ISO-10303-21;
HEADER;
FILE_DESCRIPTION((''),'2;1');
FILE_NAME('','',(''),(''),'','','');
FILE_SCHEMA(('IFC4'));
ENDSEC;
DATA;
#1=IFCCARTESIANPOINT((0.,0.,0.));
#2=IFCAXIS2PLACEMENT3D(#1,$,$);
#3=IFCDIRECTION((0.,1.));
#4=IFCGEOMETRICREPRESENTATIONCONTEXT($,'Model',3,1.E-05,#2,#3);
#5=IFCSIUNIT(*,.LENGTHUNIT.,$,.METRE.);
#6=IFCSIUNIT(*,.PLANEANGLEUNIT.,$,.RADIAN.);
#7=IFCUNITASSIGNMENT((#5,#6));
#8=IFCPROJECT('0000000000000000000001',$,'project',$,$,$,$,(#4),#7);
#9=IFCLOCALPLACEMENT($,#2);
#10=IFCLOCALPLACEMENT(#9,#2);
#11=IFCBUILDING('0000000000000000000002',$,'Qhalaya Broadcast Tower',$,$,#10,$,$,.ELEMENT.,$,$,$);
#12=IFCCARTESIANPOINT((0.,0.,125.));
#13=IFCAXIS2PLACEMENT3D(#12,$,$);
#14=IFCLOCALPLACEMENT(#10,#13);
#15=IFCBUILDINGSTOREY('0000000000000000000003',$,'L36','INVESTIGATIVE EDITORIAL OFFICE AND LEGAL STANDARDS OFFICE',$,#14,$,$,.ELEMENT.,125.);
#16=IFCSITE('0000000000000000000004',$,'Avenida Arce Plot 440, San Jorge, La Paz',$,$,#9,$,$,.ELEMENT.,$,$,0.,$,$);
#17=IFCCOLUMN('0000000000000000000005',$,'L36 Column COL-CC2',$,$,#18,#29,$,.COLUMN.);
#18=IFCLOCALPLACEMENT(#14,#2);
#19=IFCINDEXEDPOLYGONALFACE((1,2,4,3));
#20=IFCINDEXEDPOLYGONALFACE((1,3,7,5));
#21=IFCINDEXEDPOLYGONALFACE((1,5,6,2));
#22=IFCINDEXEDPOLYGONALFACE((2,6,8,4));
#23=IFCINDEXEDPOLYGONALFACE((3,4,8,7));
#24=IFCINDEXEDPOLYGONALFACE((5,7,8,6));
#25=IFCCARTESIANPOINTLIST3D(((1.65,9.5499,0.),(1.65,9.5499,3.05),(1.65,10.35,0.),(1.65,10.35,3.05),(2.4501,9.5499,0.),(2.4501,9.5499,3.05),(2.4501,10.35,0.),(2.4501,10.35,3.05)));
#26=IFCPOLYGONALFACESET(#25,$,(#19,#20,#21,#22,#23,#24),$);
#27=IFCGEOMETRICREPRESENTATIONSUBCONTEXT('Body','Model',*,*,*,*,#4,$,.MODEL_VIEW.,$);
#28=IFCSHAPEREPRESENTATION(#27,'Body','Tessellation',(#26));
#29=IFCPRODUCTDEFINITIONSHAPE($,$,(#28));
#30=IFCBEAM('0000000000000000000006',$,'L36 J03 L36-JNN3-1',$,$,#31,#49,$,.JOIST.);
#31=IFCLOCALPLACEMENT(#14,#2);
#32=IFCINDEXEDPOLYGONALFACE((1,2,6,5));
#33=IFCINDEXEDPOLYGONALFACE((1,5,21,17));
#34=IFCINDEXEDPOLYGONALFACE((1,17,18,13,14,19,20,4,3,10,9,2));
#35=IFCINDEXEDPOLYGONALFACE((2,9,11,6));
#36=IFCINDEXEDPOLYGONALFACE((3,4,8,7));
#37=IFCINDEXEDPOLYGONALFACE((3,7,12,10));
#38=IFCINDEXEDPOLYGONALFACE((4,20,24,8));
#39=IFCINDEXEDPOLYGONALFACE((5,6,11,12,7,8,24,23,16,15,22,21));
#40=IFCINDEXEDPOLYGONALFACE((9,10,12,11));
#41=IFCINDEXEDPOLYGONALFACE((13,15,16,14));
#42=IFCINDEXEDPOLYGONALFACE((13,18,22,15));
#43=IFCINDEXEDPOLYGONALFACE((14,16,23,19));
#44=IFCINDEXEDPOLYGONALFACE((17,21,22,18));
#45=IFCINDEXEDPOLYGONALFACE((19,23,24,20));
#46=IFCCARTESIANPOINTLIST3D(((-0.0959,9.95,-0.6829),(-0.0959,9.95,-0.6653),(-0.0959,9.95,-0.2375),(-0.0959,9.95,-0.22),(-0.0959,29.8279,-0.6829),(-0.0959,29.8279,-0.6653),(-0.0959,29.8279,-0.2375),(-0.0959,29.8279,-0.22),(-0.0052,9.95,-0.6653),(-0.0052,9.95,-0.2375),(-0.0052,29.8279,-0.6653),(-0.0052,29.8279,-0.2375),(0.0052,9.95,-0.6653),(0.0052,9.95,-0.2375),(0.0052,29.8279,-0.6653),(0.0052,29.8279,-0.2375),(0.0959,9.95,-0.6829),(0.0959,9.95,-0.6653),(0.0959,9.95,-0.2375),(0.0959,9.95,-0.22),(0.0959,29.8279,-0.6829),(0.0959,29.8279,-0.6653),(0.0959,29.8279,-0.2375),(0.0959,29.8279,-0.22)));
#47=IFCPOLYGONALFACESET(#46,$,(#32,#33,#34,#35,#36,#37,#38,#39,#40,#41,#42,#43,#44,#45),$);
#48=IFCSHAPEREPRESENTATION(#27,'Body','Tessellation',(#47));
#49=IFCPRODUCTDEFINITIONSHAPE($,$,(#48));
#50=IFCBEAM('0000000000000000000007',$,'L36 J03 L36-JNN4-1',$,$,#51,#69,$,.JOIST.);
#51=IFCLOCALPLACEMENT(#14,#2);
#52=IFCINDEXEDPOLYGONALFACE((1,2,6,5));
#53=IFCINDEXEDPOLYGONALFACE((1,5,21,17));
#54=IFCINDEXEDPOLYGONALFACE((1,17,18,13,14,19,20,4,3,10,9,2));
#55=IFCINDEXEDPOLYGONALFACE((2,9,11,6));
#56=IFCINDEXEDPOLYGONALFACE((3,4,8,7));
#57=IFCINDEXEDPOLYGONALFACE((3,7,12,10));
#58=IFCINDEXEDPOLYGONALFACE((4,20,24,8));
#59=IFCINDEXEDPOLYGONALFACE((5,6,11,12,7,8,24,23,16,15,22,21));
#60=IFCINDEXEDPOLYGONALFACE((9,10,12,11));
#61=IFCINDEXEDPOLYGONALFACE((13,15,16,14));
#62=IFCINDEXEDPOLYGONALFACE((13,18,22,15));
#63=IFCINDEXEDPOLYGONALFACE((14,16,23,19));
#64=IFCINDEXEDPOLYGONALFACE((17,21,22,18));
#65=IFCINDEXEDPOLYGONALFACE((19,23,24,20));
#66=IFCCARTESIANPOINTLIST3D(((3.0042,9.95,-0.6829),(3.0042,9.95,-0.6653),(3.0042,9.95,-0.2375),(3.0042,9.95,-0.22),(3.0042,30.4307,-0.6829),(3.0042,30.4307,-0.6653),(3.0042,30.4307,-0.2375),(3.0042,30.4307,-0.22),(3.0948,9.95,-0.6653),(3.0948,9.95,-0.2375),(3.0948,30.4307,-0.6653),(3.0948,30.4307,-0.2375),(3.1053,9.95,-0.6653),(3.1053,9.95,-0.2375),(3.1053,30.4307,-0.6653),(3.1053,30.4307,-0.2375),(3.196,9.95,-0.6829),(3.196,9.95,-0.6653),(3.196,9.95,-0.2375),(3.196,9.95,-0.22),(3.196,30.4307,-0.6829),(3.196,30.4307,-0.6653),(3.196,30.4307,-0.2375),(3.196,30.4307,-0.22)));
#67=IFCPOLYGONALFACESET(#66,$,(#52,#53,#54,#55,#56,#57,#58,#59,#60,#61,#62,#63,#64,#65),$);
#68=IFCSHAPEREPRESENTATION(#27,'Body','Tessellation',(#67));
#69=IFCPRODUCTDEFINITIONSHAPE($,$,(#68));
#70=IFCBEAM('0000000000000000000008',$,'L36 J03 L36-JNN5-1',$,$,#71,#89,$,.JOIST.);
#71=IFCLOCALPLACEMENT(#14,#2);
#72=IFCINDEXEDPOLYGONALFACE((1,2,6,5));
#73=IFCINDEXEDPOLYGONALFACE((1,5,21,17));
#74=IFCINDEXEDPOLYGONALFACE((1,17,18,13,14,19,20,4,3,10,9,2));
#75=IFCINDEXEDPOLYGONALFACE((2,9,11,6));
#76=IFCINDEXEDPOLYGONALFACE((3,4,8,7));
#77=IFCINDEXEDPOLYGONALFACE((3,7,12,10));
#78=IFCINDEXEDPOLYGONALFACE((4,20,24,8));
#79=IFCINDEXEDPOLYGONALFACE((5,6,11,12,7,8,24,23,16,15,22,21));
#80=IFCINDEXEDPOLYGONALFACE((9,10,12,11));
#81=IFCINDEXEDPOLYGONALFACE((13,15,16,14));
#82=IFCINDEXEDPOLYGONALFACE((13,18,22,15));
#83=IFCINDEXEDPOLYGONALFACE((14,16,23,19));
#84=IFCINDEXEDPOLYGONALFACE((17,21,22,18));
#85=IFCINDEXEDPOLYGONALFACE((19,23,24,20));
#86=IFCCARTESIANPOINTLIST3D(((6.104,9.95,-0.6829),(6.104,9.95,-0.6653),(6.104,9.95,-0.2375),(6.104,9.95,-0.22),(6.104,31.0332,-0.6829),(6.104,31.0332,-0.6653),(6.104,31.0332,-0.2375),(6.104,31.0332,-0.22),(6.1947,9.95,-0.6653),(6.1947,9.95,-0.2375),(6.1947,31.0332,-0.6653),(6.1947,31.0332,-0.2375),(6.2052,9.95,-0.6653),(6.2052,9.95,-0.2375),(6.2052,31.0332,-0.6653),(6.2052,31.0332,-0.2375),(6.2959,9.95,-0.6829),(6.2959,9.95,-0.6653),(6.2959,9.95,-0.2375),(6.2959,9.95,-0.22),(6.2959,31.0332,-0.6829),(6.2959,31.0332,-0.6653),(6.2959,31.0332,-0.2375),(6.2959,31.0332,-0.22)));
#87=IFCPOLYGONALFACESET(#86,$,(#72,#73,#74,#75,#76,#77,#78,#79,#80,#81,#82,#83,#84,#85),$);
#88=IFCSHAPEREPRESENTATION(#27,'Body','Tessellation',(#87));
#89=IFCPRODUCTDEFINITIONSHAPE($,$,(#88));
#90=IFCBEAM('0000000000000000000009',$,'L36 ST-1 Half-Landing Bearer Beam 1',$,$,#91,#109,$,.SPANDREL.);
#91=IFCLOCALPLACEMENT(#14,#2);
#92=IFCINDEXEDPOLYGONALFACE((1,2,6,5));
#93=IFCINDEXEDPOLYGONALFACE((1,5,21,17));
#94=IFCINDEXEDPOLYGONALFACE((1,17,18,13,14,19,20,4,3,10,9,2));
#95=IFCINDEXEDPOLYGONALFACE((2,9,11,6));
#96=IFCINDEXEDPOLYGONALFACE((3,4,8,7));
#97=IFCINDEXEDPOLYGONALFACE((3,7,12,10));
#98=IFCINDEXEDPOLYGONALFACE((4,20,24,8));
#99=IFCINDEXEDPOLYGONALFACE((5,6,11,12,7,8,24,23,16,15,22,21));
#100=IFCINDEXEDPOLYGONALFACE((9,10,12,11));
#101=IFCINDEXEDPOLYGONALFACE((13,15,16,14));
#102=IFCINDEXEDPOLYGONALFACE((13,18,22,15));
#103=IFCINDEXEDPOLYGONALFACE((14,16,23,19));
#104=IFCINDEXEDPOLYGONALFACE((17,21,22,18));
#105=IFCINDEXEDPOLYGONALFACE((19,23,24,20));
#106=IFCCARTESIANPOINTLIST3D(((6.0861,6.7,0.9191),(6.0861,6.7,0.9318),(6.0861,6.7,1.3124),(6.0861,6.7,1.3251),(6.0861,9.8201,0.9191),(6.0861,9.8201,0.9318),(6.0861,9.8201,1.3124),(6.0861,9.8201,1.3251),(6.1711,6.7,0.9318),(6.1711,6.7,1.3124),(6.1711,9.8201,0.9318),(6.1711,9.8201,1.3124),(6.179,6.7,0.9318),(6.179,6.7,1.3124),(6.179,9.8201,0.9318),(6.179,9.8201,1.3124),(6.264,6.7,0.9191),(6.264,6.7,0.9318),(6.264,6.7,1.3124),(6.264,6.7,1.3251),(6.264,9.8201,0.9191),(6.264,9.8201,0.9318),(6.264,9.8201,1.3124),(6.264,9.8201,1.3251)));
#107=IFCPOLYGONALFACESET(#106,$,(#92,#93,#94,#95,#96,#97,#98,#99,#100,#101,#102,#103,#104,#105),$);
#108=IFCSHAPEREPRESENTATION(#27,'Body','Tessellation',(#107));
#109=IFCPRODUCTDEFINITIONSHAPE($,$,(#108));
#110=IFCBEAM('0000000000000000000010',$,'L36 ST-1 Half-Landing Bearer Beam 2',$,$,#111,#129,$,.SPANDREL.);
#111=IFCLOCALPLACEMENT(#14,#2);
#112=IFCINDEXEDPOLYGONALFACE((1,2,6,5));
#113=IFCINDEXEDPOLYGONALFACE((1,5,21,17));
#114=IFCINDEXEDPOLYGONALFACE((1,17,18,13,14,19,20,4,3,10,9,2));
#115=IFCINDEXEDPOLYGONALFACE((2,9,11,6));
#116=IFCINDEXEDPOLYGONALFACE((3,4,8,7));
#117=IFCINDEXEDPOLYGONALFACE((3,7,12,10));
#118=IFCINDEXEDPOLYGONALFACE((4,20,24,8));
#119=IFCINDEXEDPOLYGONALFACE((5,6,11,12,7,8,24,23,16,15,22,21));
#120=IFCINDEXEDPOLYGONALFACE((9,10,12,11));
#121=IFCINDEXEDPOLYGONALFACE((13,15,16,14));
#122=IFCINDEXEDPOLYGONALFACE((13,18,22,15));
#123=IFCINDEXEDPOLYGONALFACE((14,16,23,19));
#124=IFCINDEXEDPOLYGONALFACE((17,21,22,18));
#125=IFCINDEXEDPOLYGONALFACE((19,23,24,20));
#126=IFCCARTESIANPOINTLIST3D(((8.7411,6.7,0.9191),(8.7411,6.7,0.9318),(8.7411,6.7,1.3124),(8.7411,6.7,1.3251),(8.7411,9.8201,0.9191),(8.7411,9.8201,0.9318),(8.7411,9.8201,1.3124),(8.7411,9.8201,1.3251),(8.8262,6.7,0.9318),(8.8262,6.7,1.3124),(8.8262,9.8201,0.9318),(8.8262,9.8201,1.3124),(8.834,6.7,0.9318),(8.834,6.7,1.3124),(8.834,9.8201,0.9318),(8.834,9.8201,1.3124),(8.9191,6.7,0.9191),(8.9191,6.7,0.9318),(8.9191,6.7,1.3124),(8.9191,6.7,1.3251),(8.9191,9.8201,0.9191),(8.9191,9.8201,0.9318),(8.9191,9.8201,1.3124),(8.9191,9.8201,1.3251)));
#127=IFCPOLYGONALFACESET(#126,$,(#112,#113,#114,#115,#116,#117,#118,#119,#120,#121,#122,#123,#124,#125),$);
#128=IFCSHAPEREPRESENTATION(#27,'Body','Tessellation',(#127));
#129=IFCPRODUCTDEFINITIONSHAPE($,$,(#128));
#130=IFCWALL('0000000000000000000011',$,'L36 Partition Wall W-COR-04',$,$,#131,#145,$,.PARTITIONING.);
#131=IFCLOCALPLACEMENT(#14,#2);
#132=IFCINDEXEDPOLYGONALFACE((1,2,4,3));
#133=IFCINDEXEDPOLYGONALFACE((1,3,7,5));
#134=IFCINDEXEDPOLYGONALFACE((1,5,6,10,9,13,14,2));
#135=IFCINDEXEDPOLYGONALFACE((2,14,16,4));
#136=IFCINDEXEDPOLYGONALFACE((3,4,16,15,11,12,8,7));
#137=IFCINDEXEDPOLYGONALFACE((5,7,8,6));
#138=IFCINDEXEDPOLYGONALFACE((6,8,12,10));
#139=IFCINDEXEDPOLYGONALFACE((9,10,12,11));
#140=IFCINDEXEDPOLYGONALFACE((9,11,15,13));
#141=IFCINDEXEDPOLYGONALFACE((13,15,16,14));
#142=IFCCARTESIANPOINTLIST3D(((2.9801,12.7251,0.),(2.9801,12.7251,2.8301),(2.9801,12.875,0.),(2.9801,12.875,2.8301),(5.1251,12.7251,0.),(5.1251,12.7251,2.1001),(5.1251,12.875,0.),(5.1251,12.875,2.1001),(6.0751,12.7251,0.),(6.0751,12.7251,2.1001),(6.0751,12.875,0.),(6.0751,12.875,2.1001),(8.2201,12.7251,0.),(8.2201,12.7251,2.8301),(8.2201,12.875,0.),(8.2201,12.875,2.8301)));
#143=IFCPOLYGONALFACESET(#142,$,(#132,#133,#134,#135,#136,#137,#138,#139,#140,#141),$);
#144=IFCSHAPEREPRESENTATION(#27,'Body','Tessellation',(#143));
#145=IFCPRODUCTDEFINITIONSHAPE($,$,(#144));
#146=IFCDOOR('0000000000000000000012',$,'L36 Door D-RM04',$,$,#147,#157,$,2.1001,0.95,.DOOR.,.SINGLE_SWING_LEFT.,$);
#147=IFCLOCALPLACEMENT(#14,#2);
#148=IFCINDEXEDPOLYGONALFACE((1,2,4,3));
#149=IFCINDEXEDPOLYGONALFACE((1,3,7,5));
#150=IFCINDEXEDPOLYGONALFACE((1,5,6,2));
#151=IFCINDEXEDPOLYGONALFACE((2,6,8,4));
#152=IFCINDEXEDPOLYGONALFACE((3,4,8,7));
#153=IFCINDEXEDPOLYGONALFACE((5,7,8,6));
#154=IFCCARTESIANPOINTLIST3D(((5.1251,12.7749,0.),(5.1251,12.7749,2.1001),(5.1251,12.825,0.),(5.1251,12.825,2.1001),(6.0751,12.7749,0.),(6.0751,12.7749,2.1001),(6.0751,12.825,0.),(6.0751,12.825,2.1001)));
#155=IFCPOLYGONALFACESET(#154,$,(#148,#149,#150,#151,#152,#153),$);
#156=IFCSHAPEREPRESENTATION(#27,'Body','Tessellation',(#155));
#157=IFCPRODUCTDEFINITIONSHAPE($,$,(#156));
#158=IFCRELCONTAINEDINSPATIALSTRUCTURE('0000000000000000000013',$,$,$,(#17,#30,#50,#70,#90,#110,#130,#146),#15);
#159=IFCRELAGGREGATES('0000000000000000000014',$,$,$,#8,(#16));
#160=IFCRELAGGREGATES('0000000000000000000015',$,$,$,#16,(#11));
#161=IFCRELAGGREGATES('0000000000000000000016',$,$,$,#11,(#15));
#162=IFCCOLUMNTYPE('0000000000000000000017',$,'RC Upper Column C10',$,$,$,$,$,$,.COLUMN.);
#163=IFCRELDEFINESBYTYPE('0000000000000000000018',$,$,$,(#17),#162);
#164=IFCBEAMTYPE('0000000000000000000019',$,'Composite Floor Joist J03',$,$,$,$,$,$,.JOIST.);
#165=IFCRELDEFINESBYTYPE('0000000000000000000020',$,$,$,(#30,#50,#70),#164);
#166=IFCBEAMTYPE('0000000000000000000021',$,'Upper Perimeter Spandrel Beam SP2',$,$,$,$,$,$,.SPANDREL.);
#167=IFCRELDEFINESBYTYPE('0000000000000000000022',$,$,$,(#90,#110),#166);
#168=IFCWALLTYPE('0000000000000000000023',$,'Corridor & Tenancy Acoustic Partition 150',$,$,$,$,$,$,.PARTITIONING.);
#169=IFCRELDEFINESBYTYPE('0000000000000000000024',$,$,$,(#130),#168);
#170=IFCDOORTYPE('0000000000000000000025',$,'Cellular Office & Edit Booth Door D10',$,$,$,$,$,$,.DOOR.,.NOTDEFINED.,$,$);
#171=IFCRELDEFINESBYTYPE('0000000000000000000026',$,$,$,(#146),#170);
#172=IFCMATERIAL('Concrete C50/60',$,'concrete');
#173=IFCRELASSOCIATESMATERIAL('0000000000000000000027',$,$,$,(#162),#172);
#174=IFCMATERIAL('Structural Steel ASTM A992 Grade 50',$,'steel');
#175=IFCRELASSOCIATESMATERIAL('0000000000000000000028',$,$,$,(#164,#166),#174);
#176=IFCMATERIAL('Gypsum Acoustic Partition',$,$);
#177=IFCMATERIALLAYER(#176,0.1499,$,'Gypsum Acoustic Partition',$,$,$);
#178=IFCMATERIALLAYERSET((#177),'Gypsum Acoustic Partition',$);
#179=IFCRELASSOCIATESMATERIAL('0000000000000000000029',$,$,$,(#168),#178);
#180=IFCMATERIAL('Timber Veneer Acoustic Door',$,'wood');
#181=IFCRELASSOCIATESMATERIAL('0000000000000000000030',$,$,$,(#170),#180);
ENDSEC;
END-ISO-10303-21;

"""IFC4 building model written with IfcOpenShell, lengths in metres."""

from ifc_helpers import new_model, si_unit, direction, frame, frame_2d, origin, origin_2d, place, context, subcontext, project, spatial, rectangle, i_section, extrude, material, layer, layer_set, material_profile, profile_set, type_object, element, fill, save


model = new_model("IFC4")

# Units and contexts
model_context = context("Model", 3, precision=1e-05, world=origin(), true_north=direction((0.0, 1.0)))
body_context = subcontext(model_context, "Body", "Model", "MODEL_VIEW")
ifc_project = project(units=[si_unit("LENGTHUNIT", "METRE"), si_unit("PLANEANGLEUNIT", "RADIAN")], contexts=[model_context])

# Site, building, storey
site_placement = place(None, origin())
site = spatial("IfcSite", under=ifc_project, at=site_placement, Name="Avenida Arce Plot 440, San Jorge, La Paz", CompositionType="ELEMENT", RefElevation=0.0)
building_placement = place(site_placement, origin())
building = spatial("IfcBuilding", under=site, at=building_placement, Name="Qhalaya Broadcast Tower", CompositionType="ELEMENT")
storey_placement = place(building_placement, frame((0.0, 0.0, 125.0)))
storey = spatial("IfcBuildingStorey", under=building, at=storey_placement, Name="L36", Description="INVESTIGATIVE EDITORIAL OFFICE AND LEGAL STANDARDS OFFICE", CompositionType="ELEMENT", Elevation=125.0)

# Column
ifc_material_1 = material(Name="Concrete C50/60", Category="concrete")
ifc_material_profile_1 = material_profile(ifc_material_1, rectangle(XDim=0.8, YDim=0.8, at=origin_2d()), Name="RC-COL 800x800")
ifc_profile_set_1 = profile_set([ifc_material_profile_1], Name="Concrete C50/60")
column_type = type_object("IfcColumnType", Name="RC Upper Column C10", PredefinedType="COLUMN", material=ifc_profile_set_1)
column_placement = place(storey_placement, frame((2.05, 9.95, 0.0), z_axis=(0.0, 0.0, 1.0), x_axis=(1.0, 0.0, 0.0)))
element("IfcColumn", 1, at=column_placement, inside=storey, type_object=column_type, Name="L36 Column COL-CC2", PredefinedType="COLUMN", context=body_context, shape_type="SweptSolid", body=[
    extrude(rectangle(XDim=0.8, YDim=0.8, at=origin_2d()), origin(), (0.0, 0.0, 1.0), 3.05),
])

# Beams
ifc_material_2 = material(Name="Structural Steel ASTM A992 Grade 50", Category="steel")
ifc_material_profile_2 = material_profile(ifc_material_2, i_section(OverallWidth=0.1919, OverallDepth=0.4629, WebThickness=0.0105, FlangeThickness=0.0176, at=origin_2d()), Name="W18X60")
ifc_profile_set_2 = profile_set([ifc_material_profile_2], Name="Structural Steel ASTM A992 Grade 50")
beam_type_1 = type_object("IfcBeamType", Name="Composite Floor Joist J03", PredefinedType="JOIST", material=ifc_profile_set_2)
beam_1_placement = place(storey_placement, frame((0.0, 9.95, -0.4514), z_axis=(0.0, 1.0, 0.0), x_axis=(-1.0, 0.0, 0.0)))
element("IfcBeam", 2, at=beam_1_placement, inside=storey, type_object=beam_type_1, Name="L36 J03 L36-JNN3-1", PredefinedType="JOIST", context=body_context, shape_type="SweptSolid", body=[
    extrude(i_section(OverallWidth=0.1919, OverallDepth=0.4629, WebThickness=0.0105, FlangeThickness=0.0176, at=origin_2d()), origin(), (0.0, 0.0, 1.0), 19.8779),
])
beam_2_placement = place(storey_placement, frame((3.1001, 9.95, -0.4514), z_axis=(0.0, 1.0, 0.0), x_axis=(-1.0, 0.0, 0.0)))
element("IfcBeam", 3, at=beam_2_placement, inside=storey, type_object=beam_type_1, Name="L36 J03 L36-JNN4-1", PredefinedType="JOIST", context=body_context, shape_type="SweptSolid", body=[
    extrude(i_section(OverallWidth=0.1919, OverallDepth=0.4629, WebThickness=0.0105, FlangeThickness=0.0176, at=origin_2d()), origin(), (0.0, 0.0, 1.0), 20.4807),
])
beam_3_placement = place(storey_placement, frame((6.2, 9.95, -0.4514), z_axis=(0.0, 1.0, 0.0), x_axis=(-1.0, 0.0, 0.0)))
element("IfcBeam", 4, at=beam_3_placement, inside=storey, type_object=beam_type_1, Name="L36 J03 L36-JNN5-1", PredefinedType="JOIST", context=body_context, shape_type="SweptSolid", body=[
    extrude(i_section(OverallWidth=0.1919, OverallDepth=0.4629, WebThickness=0.0105, FlangeThickness=0.0176, at=origin_2d()), origin(), (0.0, 0.0, 1.0), 21.0833),
])
ifc_material_profile_3 = material_profile(ifc_material_2, i_section(OverallWidth=0.178, OverallDepth=0.406, WebThickness=0.0078, FlangeThickness=0.0127, at=origin_2d()), Name="W16X40")
ifc_profile_set_3 = profile_set([ifc_material_profile_3], Name="Structural Steel ASTM A992 Grade 50")
beam_type_2 = type_object("IfcBeamType", Name="Upper Perimeter Spandrel Beam SP2", PredefinedType="SPANDREL", material=ifc_profile_set_3)
for number, where, z_axis, x_axis, name in (
    (5, (6.175, 6.7, 1.1221), (0.0, 1.0, 0.0), (-1.0, 0.0, 0.0), "L36 ST-1 Half-Landing Bearer Beam 1"),
    (6, (8.8301, 6.7, 1.1221), (0.0, 1.0, 0.0), (-1.0, 0.0, 0.0), "L36 ST-1 Half-Landing Bearer Beam 2"),
):
    element("IfcBeam", number, at=place(storey_placement, frame(where, z_axis=z_axis, x_axis=x_axis)), inside=storey, type_object=beam_type_2, Name=name, PredefinedType="SPANDREL", context=body_context, shape_type="SweptSolid", body=[
        extrude(i_section(OverallWidth=0.178, OverallDepth=0.406, WebThickness=0.0078, FlangeThickness=0.0127, at=origin_2d()), origin(), (0.0, 0.0, 1.0), 3.1201),
    ])

# Wall, opening, door
ifc_material_3 = material(Name="Gypsum Acoustic Partition")
ifc_layer_1 = layer(ifc_material_3, 0.1499, Name="Gypsum Acoustic Partition")
ifc_layer_set_1 = layer_set([ifc_layer_1], Name="Gypsum Acoustic Partition")
wall_type_1 = type_object("IfcWallType", Name="Corridor & Tenancy Acoustic Partition 150", PredefinedType="PARTITIONING", material=ifc_layer_set_1)
wall_1_placement = place(storey_placement, frame((2.98, 12.8, 0.0), z_axis=(0.0, 0.0, 1.0), x_axis=(1.0, 0.0, 0.0)))
wall_1 = element("IfcWall", 7, at=wall_1_placement, inside=storey, type_object=wall_type_1, Name="L36 Partition Wall W-COR-04", PredefinedType="PARTITIONING", context=body_context, shape_type="SweptSolid", body=[
    extrude(rectangle(XDim=5.24, YDim=0.1499, at=frame_2d((2.6201, 0.0))), origin(), (0.0, 0.0, 1.0), 2.8301),
])
opening_1_placement = place(wall_1_placement, frame((2.145, 0.0, 0.0)))
opening_1 = element("IfcOpeningElement", 8, at=opening_1_placement, cuts=wall_1, PredefinedType="OPENING", context=body_context, shape_type="SweptSolid", body=[
    extrude(rectangle(XDim=0.95, YDim=2.1001, at=frame_2d((0.4751, 1.05))), frame((0.0, 0.0869, 0.0), z_axis=(0.0, -1.0, 0.0), x_axis=(1.0, 0.0, 0.0)), (0.0, 0.0, 1.0), 0.1738),
])
ifc_material_4 = material(Name="Timber Veneer Acoustic Door", Category="wood")
door_type_1 = type_object("IfcDoorType", Name="Cellular Office & Edit Booth Door D10", OperationType="NOTDEFINED", PredefinedType="DOOR", material=ifc_material_4)
door_1_placement = place(opening_1_placement, origin())
door_1 = element("IfcDoor", 9, at=door_1_placement, inside=storey, type_object=door_type_1, Name="L36 Door D-RM04", OperationType="SINGLE_SWING_LEFT", OverallHeight=2.1001, OverallWidth=0.95, PredefinedType="DOOR", context=body_context, shape_type="SweptSolid", body=[
    extrude(rectangle(XDim=0.95, YDim=2.1001, at=frame_2d((0.4751, 1.05))), frame((0.0, 0.0249, 0.0), z_axis=(0.0, -1.0, 0.0), x_axis=(1.0, 0.0, 0.0)), (0.0, 0.0, 1.0), 0.05),
])
fill(opening_1, door_1)

save(model, "model.ifc")
